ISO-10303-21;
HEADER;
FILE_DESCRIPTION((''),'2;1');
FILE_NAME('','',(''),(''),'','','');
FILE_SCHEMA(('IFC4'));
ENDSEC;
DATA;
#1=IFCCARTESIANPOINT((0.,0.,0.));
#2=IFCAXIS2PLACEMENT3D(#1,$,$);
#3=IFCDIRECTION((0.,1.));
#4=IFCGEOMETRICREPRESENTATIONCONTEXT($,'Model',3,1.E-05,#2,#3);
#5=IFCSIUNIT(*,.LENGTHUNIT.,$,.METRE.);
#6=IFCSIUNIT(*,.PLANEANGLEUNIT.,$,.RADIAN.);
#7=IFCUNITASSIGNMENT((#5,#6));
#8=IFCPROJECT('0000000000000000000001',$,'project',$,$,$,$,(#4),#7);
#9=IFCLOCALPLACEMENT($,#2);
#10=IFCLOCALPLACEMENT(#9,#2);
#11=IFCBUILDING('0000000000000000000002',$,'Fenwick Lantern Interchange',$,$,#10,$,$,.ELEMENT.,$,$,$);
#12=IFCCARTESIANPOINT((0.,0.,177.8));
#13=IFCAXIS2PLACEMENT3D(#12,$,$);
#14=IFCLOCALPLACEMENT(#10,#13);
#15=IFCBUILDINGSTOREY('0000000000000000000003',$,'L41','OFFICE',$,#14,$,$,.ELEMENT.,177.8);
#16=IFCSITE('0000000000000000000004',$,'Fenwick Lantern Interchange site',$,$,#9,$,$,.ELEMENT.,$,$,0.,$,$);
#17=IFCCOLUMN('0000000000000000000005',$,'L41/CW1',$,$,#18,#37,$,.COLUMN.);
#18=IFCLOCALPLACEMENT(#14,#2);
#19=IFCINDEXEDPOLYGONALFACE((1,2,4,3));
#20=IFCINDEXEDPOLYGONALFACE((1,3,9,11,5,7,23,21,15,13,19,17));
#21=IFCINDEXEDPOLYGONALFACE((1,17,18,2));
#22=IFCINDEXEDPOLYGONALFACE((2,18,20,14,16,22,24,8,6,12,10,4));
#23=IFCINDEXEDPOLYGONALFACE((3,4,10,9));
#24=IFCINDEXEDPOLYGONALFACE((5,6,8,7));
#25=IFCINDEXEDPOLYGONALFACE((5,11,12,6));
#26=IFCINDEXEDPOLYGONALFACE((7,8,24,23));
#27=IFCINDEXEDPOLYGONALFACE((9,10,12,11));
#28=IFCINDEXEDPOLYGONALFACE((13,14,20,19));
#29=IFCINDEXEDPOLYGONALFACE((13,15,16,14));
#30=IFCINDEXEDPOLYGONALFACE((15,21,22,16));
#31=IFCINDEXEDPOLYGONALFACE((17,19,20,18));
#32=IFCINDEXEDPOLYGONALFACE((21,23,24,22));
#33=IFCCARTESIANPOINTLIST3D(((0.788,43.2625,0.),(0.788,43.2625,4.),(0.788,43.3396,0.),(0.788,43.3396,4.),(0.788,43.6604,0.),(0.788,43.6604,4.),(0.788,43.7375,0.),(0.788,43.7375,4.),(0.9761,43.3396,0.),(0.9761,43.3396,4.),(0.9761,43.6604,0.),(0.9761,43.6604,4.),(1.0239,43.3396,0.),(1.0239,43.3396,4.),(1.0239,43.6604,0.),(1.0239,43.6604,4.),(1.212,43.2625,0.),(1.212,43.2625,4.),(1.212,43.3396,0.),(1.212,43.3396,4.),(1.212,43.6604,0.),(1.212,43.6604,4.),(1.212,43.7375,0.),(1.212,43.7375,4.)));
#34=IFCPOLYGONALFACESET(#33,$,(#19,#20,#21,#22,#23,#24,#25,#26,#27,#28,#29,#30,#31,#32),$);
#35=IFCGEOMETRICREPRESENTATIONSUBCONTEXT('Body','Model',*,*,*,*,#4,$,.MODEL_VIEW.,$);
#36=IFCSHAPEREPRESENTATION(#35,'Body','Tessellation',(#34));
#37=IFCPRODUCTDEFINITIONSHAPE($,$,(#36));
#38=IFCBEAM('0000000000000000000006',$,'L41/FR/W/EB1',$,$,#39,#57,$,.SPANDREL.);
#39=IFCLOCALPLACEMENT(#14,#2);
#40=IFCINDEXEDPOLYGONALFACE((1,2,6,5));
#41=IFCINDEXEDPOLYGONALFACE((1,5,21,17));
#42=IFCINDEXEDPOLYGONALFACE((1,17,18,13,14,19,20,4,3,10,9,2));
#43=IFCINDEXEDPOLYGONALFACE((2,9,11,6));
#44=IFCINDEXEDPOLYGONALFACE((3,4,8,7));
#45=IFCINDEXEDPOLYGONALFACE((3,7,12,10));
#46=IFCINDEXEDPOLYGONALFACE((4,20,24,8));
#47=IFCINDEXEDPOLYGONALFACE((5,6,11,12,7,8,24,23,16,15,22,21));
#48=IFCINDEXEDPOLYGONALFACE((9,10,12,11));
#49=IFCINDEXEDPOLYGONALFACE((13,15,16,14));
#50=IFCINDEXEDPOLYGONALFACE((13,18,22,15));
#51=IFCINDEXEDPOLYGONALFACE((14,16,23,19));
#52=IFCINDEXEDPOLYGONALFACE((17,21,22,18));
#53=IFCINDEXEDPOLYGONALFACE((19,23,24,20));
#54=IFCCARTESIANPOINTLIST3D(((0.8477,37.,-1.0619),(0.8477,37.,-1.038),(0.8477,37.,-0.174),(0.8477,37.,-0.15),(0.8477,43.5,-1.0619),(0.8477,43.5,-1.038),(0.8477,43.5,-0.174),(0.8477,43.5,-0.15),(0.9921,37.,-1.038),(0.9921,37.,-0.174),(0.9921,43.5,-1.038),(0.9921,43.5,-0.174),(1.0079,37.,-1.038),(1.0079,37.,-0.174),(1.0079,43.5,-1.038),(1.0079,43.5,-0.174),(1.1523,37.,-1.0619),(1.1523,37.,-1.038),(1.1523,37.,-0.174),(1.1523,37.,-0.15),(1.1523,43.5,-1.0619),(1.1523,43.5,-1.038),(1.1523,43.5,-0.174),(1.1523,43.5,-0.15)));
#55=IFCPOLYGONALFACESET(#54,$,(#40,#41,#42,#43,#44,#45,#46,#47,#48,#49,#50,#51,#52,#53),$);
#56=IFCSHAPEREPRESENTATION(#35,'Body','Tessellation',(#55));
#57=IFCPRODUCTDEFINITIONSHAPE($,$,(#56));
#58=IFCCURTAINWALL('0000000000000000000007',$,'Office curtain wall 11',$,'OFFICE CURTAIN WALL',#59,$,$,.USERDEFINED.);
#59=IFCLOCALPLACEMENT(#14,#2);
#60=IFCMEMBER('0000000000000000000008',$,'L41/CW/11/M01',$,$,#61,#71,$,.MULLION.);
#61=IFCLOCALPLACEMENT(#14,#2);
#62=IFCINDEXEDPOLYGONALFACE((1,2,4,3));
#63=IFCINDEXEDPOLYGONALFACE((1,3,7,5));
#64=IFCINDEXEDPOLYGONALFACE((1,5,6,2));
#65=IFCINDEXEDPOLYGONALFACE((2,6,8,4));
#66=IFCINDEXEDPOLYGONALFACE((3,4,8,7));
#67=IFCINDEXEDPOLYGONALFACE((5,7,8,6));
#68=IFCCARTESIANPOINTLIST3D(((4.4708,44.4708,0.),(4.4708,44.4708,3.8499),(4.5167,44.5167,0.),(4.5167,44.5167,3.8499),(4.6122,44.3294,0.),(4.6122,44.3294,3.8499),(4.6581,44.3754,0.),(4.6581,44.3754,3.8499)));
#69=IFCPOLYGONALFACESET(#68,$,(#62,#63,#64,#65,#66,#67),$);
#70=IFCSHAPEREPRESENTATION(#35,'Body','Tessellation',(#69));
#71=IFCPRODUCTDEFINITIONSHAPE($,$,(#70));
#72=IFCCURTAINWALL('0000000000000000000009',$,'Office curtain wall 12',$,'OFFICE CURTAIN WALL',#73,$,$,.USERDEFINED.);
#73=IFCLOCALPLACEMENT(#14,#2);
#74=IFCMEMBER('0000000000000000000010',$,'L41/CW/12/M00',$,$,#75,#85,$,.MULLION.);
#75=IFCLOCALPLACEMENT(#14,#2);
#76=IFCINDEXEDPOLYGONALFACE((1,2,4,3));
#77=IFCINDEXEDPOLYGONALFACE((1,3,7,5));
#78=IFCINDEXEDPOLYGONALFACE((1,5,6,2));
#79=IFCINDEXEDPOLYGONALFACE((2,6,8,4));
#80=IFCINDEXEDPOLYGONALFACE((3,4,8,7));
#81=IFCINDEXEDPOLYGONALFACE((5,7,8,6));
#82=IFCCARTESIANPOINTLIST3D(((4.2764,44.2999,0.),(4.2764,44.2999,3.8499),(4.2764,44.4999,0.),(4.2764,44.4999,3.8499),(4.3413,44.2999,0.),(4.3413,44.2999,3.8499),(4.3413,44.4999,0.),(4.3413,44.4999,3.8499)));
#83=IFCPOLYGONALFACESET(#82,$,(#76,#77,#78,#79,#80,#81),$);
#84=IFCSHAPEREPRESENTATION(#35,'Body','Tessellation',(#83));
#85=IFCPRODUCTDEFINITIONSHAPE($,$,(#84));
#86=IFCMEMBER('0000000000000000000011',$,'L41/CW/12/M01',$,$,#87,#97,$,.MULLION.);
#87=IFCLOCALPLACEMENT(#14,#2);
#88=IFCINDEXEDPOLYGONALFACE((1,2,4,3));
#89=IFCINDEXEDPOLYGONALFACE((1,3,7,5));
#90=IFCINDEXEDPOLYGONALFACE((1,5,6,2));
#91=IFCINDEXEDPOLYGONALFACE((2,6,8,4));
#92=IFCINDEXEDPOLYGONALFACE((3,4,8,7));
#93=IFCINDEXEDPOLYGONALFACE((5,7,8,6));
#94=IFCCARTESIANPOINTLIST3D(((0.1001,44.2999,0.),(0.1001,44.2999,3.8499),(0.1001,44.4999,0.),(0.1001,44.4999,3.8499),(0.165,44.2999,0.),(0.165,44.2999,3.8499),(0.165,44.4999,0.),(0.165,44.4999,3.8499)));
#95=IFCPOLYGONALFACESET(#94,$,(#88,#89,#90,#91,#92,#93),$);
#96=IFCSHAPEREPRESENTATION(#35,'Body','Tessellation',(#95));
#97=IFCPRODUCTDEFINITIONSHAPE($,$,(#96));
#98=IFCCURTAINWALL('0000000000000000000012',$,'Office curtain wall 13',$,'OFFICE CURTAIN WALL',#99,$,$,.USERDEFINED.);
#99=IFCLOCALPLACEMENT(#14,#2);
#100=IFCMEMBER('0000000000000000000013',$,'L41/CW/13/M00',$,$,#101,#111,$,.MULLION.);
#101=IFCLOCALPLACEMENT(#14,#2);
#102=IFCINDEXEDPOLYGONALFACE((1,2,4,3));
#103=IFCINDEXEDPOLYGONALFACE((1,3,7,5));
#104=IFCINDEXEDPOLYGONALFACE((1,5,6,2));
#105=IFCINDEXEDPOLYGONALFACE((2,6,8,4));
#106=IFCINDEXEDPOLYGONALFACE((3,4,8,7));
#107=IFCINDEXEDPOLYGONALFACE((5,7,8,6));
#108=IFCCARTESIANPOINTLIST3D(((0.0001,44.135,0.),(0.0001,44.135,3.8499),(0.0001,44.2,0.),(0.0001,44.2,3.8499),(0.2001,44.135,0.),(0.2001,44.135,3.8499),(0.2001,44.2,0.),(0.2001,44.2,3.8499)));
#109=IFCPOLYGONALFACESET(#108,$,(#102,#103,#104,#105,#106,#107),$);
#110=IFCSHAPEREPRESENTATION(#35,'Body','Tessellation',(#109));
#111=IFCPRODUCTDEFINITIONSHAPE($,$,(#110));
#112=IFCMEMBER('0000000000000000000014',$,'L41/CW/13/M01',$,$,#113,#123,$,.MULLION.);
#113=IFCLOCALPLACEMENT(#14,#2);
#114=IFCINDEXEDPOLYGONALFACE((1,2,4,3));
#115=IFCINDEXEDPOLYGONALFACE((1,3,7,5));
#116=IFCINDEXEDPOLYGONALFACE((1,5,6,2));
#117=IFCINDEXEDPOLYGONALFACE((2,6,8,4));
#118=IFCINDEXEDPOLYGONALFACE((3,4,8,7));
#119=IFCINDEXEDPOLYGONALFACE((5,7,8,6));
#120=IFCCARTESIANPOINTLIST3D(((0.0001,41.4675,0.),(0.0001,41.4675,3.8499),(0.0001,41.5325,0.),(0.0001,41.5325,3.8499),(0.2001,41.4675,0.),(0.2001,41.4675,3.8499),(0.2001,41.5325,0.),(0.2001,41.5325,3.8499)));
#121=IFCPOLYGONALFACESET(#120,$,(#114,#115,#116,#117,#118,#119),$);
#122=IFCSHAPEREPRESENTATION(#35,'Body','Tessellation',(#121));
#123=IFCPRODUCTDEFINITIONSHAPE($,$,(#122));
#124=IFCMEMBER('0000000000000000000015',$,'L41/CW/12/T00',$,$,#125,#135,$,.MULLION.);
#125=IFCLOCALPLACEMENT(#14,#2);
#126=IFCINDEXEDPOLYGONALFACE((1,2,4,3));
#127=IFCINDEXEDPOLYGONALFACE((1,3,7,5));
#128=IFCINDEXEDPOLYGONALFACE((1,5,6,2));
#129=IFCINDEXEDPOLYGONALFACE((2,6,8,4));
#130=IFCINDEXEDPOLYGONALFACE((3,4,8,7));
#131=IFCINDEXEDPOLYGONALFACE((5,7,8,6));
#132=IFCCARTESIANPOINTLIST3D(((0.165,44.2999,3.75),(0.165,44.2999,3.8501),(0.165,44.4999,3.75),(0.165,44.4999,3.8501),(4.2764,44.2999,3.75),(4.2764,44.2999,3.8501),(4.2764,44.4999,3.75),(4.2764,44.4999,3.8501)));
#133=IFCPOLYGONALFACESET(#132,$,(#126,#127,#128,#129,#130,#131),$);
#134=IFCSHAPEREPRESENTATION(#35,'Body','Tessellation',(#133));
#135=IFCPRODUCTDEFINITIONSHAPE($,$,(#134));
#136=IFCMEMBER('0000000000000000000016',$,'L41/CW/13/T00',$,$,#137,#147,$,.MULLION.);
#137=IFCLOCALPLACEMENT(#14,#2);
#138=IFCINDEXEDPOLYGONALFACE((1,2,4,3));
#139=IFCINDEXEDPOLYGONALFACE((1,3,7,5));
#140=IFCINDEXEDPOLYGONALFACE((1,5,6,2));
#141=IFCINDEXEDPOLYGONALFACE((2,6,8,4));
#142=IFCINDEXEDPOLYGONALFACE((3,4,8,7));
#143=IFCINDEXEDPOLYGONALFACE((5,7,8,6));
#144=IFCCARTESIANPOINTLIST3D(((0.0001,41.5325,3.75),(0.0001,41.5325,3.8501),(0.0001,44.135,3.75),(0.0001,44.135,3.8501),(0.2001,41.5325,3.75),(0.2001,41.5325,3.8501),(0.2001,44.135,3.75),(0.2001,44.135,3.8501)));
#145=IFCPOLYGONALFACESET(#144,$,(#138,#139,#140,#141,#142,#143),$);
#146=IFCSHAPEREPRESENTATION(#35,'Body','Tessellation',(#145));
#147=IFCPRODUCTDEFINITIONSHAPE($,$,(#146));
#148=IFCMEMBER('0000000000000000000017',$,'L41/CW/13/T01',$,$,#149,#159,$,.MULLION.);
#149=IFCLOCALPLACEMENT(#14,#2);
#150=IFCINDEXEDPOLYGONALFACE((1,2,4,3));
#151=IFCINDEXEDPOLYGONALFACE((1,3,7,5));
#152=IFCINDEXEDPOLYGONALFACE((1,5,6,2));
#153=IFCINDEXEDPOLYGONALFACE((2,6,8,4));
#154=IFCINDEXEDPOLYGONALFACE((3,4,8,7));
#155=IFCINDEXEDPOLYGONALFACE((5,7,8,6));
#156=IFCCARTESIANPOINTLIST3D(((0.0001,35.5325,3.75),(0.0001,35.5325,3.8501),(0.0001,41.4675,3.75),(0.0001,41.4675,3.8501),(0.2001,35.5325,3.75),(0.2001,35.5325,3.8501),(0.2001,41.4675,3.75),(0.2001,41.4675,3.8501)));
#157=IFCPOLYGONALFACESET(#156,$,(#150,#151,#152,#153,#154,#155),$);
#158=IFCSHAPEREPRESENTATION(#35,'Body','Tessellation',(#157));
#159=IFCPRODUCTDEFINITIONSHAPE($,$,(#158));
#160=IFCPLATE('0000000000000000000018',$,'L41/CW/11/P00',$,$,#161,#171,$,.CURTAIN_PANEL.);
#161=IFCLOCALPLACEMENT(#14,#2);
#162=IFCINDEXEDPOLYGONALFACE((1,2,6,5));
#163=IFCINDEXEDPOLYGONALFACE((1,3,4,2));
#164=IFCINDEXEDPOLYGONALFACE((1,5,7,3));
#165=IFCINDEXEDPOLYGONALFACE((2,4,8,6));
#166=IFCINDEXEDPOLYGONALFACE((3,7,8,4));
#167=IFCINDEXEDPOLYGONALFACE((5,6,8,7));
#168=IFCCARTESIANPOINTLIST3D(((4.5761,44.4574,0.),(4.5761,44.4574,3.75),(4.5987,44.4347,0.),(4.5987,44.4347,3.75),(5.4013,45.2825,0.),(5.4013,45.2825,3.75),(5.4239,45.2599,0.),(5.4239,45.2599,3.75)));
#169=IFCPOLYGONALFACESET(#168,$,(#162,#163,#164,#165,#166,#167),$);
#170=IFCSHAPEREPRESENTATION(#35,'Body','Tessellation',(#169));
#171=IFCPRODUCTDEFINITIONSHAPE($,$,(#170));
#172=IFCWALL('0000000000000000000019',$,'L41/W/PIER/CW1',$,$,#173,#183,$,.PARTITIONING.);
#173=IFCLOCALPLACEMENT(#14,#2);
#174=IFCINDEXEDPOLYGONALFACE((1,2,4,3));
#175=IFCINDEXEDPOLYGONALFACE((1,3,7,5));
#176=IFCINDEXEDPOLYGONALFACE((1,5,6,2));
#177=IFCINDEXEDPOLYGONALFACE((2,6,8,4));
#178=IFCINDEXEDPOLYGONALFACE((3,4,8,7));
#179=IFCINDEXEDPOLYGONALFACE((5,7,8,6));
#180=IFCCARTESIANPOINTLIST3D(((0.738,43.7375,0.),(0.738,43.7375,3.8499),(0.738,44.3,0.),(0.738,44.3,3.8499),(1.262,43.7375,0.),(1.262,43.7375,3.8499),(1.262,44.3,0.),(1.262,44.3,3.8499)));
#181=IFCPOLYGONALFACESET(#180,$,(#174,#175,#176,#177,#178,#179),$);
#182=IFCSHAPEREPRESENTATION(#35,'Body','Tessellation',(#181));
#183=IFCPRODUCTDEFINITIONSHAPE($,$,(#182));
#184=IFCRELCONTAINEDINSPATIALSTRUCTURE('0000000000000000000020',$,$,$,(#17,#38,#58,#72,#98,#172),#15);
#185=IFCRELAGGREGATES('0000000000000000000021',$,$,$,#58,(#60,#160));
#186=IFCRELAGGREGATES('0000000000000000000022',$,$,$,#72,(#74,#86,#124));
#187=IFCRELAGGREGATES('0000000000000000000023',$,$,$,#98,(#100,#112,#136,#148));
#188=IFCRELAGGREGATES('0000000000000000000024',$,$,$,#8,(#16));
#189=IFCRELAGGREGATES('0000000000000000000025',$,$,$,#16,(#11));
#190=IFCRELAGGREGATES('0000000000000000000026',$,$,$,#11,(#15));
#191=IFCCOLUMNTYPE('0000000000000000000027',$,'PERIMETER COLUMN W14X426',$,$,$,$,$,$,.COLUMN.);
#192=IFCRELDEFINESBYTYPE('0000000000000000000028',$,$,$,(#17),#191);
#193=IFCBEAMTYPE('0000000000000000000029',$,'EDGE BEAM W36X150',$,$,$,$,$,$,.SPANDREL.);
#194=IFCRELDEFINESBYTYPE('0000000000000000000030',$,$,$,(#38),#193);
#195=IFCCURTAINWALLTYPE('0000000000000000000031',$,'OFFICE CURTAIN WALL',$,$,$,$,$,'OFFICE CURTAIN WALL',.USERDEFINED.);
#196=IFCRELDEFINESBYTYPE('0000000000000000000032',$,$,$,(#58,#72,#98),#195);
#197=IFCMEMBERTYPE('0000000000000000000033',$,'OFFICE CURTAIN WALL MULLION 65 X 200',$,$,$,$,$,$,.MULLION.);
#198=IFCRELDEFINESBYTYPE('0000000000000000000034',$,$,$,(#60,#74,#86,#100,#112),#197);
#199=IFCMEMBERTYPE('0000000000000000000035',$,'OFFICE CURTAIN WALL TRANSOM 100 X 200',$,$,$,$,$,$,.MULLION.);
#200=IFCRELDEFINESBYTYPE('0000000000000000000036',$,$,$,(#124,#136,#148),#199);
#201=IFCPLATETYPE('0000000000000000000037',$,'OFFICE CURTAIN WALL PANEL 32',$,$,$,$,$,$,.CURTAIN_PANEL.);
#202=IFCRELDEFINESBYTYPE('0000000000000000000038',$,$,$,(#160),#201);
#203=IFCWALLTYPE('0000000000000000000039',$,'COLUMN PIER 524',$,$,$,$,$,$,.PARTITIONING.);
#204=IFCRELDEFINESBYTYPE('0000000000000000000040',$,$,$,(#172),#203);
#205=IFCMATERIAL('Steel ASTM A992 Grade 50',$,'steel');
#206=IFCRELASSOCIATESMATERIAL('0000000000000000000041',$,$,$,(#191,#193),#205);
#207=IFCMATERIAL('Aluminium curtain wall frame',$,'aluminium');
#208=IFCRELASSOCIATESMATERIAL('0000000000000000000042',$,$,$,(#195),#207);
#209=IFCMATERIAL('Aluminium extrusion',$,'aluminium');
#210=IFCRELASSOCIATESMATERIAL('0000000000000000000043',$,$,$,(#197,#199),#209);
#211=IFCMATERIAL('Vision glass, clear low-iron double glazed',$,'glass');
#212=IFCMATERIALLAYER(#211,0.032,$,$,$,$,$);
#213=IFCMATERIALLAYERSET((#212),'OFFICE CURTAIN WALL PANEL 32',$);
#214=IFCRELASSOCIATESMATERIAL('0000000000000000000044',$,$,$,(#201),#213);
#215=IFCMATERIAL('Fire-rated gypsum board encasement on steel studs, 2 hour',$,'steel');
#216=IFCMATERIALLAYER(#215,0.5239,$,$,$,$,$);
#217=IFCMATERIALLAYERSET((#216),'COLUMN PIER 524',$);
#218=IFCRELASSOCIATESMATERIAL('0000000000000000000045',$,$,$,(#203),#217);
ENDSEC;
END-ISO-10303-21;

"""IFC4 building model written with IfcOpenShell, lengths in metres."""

from ifc_helpers import new_model, si_unit, direction, frame, frame_2d, origin, origin_2d, place, context, subcontext, project, spatial, rectangle, i_section, extrude, material, layer, layer_set, material_profile, profile_set, type_object, element, aggregate, save


model = new_model("IFC4")

# Units and contexts
model_context = context("Model", 3, precision=1e-05, world=origin(), true_north=direction((0.0, 1.0)))
body_context = subcontext(model_context, "Body", "Model", "MODEL_VIEW")
ifc_project = project(units=[si_unit("LENGTHUNIT", "METRE"), si_unit("PLANEANGLEUNIT", "RADIAN")], contexts=[model_context])

# Site, building, storey
site_placement = place(None, origin())
site = spatial("IfcSite", under=ifc_project, at=site_placement, Name="Fenwick Lantern Interchange site", CompositionType="ELEMENT", RefElevation=0.0)
building_placement = place(site_placement, origin())
building = spatial("IfcBuilding", under=site, at=building_placement, Name="Fenwick Lantern Interchange", CompositionType="ELEMENT")
storey_placement = place(building_placement, frame((0.0, 0.0, 177.8)))
storey = spatial("IfcBuildingStorey", under=building, at=storey_placement, Name="L41", Description="OFFICE", CompositionType="ELEMENT", Elevation=177.8)

# Column
ifc_material_1 = material(Name="Steel ASTM A992 Grade 50", Category="steel")
ifc_material_profile_1 = material_profile(ifc_material_1, i_section(OverallWidth=0.4241, OverallDepth=0.4751, WebThickness=0.0479, FlangeThickness=0.0771, at=origin_2d()), Name="W14X426")
ifc_profile_set_1 = profile_set([ifc_material_profile_1], Name="Steel ASTM A992 Grade 50")
column_type = type_object("IfcColumnType", Name="PERIMETER COLUMN W14X426", PredefinedType="COLUMN", material=ifc_profile_set_1)
column_placement = place(storey_placement, frame((1.0, 43.5, 0.0), z_axis=(0.0, 0.0, 1.0), x_axis=(1.0, 0.0, 0.0)))
element("IfcColumn", 1, at=column_placement, inside=storey, type_object=column_type, Name="L41/CW1", PredefinedType="COLUMN", context=body_context, shape_type="SweptSolid", body=[
    extrude(i_section(OverallWidth=0.4241, OverallDepth=0.4751, WebThickness=0.0479, FlangeThickness=0.0771, at=origin_2d()), origin(), (0.0, 0.0, 1.0), 4.0),
])

# Beam
ifc_material_profile_2 = material_profile(ifc_material_1, i_section(OverallWidth=0.3047, OverallDepth=0.9119, WebThickness=0.0159, FlangeThickness=0.0239, at=origin_2d()), Name="W36X150")
ifc_profile_set_2 = profile_set([ifc_material_profile_2], Name="Steel ASTM A992 Grade 50")
beam_type = type_object("IfcBeamType", Name="EDGE BEAM W36X150", PredefinedType="SPANDREL", material=ifc_profile_set_2)
beam_placement = place(storey_placement, frame((1.0, 43.5, -0.606), z_axis=(0.0, -1.0, 0.0), x_axis=(1.0, 0.0, 0.0)))
element("IfcBeam", 2, at=beam_placement, inside=storey, type_object=beam_type, Name="L41/FR/W/EB1", PredefinedType="SPANDREL", context=body_context, shape_type="SweptSolid", body=[
    extrude(i_section(OverallWidth=0.3047, OverallDepth=0.9119, WebThickness=0.0159, FlangeThickness=0.0239, at=origin_2d()), origin(), (0.0, 0.0, 1.0), 6.5),
])

# Curtain wall, member
ifc_material_2 = material(Name="Aluminium curtain wall frame", Category="aluminium")
curtain_wall_type = type_object("IfcCurtainWallType", Name="OFFICE CURTAIN WALL", ElementType="OFFICE CURTAIN WALL", PredefinedType="USERDEFINED", material=ifc_material_2)
curtain_wall_1_placement = place(storey_placement, origin())
curtain_wall_1 = element("IfcCurtainWall", 3, at=curtain_wall_1_placement, inside=storey, type_object=curtain_wall_type, Name="Office curtain wall 11", ObjectType="OFFICE CURTAIN WALL", PredefinedType="USERDEFINED")
ifc_material_3 = material(Name="Aluminium extrusion", Category="aluminium")
ifc_material_profile_3 = material_profile(ifc_material_3, rectangle(XDim=0.2, YDim=0.0649, at=origin_2d()), Name="OFFICE CURTAIN WALL MULLION 65 X 200")
ifc_profile_set_3 = profile_set([ifc_material_profile_3], Name="Aluminium extrusion")
member_type_1 = type_object("IfcMemberType", Name="OFFICE CURTAIN WALL MULLION 65 X 200", PredefinedType="MULLION", material=ifc_profile_set_3)
member_1_placement = place(storey_placement, frame((4.5645, 44.4231, 0.0), z_axis=(0.0, 0.0, 1.0), x_axis=(0.707107, -0.707107, 0.0)))
member_1 = element("IfcMember", 4, at=member_1_placement, type_object=member_type_1, Name="L41/CW/11/M01", PredefinedType="MULLION", context=body_context, shape_type="SweptSolid", body=[
    extrude(rectangle(XDim=0.2, YDim=0.0649, at=origin_2d()), origin(), (0.0, 0.0, 1.0), 3.8499),
])

# Curtain walls, members
curtain_wall_2_placement = place(storey_placement, origin())
curtain_wall_2 = element("IfcCurtainWall", 5, at=curtain_wall_2_placement, inside=storey, type_object=curtain_wall_type, Name="Office curtain wall 12", ObjectType="OFFICE CURTAIN WALL", PredefinedType="USERDEFINED")
member_2_placement = place(storey_placement, frame((4.3088, 44.3999, 0.0), z_axis=(0.0, 0.0, 1.0), x_axis=(0.0, -1.0, 0.0)))
member_2 = element("IfcMember", 6, at=member_2_placement, type_object=member_type_1, Name="L41/CW/12/M00", PredefinedType="MULLION", context=body_context, shape_type="SweptSolid", body=[
    extrude(rectangle(XDim=0.2, YDim=0.0649, at=origin_2d()), origin(), (0.0, 0.0, 1.0), 3.8499),
])
member_3_placement = place(storey_placement, frame((0.1326, 44.3999, 0.0), z_axis=(0.0, 0.0, 1.0), x_axis=(0.0, -1.0, 0.0)))
member_3 = element("IfcMember", 7, at=member_3_placement, type_object=member_type_1, Name="L41/CW/12/M01", PredefinedType="MULLION", context=body_context, shape_type="SweptSolid", body=[
    extrude(rectangle(XDim=0.2, YDim=0.0649, at=origin_2d()), origin(), (0.0, 0.0, 1.0), 3.8499),
])
curtain_wall_3_placement = place(storey_placement, origin())
curtain_wall_3 = element("IfcCurtainWall", 8, at=curtain_wall_3_placement, inside=storey, type_object=curtain_wall_type, Name="Office curtain wall 13", ObjectType="OFFICE CURTAIN WALL", PredefinedType="USERDEFINED")
member_4_placement = place(storey_placement, frame((0.1001, 44.1675, 0.0), z_axis=(0.0, 0.0, 1.0), x_axis=(1.0, 0.0, 0.0)))
member_4 = element("IfcMember", 9, at=member_4_placement, type_object=member_type_1, Name="L41/CW/13/M00", PredefinedType="MULLION", context=body_context, shape_type="SweptSolid", body=[
    extrude(rectangle(XDim=0.2, YDim=0.0649, at=origin_2d()), origin(), (0.0, 0.0, 1.0), 3.8499),
])
member_5_placement = place(storey_placement, frame((0.1001, 41.5, 0.0), z_axis=(0.0, 0.0, 1.0), x_axis=(1.0, 0.0, 0.0)))
member_5 = element("IfcMember", 10, at=member_5_placement, type_object=member_type_1, Name="L41/CW/13/M01", PredefinedType="MULLION", context=body_context, shape_type="SweptSolid", body=[
    extrude(rectangle(XDim=0.2, YDim=0.0649, at=origin_2d()), origin(), (0.0, 0.0, 1.0), 3.8499),
])

# Members
ifc_material_profile_4 = material_profile(ifc_material_3, rectangle(XDim=0.2, YDim=0.1001, at=origin_2d()), Name="OFFICE CURTAIN WALL TRANSOM 100 X 200")
ifc_profile_set_4 = profile_set([ifc_material_profile_4], Name="Aluminium extrusion")
member_type_2 = type_object("IfcMemberType", Name="OFFICE CURTAIN WALL TRANSOM 100 X 200", PredefinedType="MULLION", material=ifc_profile_set_4)
member_6_placement = place(storey_placement, frame((4.2764, 44.3999, 3.8), z_axis=(-1.0, 0.0, 0.0), x_axis=(0.0, -1.0, 0.0)))
member_6 = element("IfcMember", 11, at=member_6_placement, type_object=member_type_2, Name="L41/CW/12/T00", PredefinedType="MULLION", context=body_context, shape_type="SweptSolid", body=[
    extrude(rectangle(XDim=0.2, YDim=0.1001, at=origin_2d()), origin(), (0.0, 0.0, 1.0), 4.1113),
])
member_7_placement = place(storey_placement, frame((0.1001, 44.135, 3.8), z_axis=(0.0, -1.0, 0.0), x_axis=(1.0, 0.0, 0.0)))
member_7 = element("IfcMember", 12, at=member_7_placement, type_object=member_type_2, Name="L41/CW/13/T00", PredefinedType="MULLION", context=body_context, shape_type="SweptSolid", body=[
    extrude(rectangle(XDim=0.2, YDim=0.1001, at=origin_2d()), origin(), (0.0, 0.0, 1.0), 2.6025),
])
member_8_placement = place(storey_placement, frame((0.1001, 41.4675, 3.8), z_axis=(0.0, -1.0, 0.0), x_axis=(1.0, 0.0, 0.0)))
member_8 = element("IfcMember", 13, at=member_8_placement, type_object=member_type_2, Name="L41/CW/13/T01", PredefinedType="MULLION", context=body_context, shape_type="SweptSolid", body=[
    extrude(rectangle(XDim=0.2, YDim=0.1001, at=origin_2d()), origin(), (0.0, 0.0, 1.0), 5.9351),
])

# Plate
ifc_material_4 = material(Name="Vision glass, clear low-iron double glazed", Category="glass")
ifc_layer_1 = layer(ifc_material_4, 0.032)
ifc_layer_set_1 = layer_set([ifc_layer_1], Name="OFFICE CURTAIN WALL PANEL 32")
plate_type = type_object("IfcPlateType", Name="OFFICE CURTAIN WALL PANEL 32", PredefinedType="CURTAIN_PANEL", material=ifc_layer_set_1)
plate_1_placement = place(storey_placement, frame((5.0, 44.8586, 0.0), z_axis=(0.0, 0.0, 1.0), x_axis=(-0.707107, -0.707107, 0.0)))
plate_1 = element("IfcPlate", 14, at=plate_1_placement, type_object=plate_type, Name="L41/CW/11/P00", PredefinedType="CURTAIN_PANEL", context=body_context, shape_type="SweptSolid", body=[
    extrude(rectangle(XDim=1.167, YDim=0.032, at=origin_2d()), origin(), (0.0, 0.0, 1.0), 3.75),
])
aggregate(curtain_wall_1, [member_1, plate_1])
aggregate(curtain_wall_2, [member_2, member_3, member_6])
aggregate(curtain_wall_3, [member_4, member_5, member_7, member_8])

# Wall
ifc_material_5 = material(Name="Fire-rated gypsum board encasement on steel studs, 2 hour", Category="steel")
ifc_layer_2 = layer(ifc_material_5, 0.5239)
ifc_layer_set_2 = layer_set([ifc_layer_2], Name="COLUMN PIER 524")
wall_type = type_object("IfcWallType", Name="COLUMN PIER 524", PredefinedType="PARTITIONING", material=ifc_layer_set_2)
wall_placement = place(storey_placement, frame((1.0, 44.3, 0.0), z_axis=(0.0, 0.0, 1.0), x_axis=(0.0, -1.0, 0.0)))
element("IfcWall", 15, at=wall_placement, inside=storey, type_object=wall_type, Name="L41/W/PIER/CW1", PredefinedType="PARTITIONING", context=body_context, shape_type="SweptSolid", body=[
    extrude(rectangle(XDim=0.5625, YDim=0.5239, at=frame_2d((0.2812, 0.0))), origin(), (0.0, 0.0, 1.0), 3.8499),
])

save(model, "model.ifc")
